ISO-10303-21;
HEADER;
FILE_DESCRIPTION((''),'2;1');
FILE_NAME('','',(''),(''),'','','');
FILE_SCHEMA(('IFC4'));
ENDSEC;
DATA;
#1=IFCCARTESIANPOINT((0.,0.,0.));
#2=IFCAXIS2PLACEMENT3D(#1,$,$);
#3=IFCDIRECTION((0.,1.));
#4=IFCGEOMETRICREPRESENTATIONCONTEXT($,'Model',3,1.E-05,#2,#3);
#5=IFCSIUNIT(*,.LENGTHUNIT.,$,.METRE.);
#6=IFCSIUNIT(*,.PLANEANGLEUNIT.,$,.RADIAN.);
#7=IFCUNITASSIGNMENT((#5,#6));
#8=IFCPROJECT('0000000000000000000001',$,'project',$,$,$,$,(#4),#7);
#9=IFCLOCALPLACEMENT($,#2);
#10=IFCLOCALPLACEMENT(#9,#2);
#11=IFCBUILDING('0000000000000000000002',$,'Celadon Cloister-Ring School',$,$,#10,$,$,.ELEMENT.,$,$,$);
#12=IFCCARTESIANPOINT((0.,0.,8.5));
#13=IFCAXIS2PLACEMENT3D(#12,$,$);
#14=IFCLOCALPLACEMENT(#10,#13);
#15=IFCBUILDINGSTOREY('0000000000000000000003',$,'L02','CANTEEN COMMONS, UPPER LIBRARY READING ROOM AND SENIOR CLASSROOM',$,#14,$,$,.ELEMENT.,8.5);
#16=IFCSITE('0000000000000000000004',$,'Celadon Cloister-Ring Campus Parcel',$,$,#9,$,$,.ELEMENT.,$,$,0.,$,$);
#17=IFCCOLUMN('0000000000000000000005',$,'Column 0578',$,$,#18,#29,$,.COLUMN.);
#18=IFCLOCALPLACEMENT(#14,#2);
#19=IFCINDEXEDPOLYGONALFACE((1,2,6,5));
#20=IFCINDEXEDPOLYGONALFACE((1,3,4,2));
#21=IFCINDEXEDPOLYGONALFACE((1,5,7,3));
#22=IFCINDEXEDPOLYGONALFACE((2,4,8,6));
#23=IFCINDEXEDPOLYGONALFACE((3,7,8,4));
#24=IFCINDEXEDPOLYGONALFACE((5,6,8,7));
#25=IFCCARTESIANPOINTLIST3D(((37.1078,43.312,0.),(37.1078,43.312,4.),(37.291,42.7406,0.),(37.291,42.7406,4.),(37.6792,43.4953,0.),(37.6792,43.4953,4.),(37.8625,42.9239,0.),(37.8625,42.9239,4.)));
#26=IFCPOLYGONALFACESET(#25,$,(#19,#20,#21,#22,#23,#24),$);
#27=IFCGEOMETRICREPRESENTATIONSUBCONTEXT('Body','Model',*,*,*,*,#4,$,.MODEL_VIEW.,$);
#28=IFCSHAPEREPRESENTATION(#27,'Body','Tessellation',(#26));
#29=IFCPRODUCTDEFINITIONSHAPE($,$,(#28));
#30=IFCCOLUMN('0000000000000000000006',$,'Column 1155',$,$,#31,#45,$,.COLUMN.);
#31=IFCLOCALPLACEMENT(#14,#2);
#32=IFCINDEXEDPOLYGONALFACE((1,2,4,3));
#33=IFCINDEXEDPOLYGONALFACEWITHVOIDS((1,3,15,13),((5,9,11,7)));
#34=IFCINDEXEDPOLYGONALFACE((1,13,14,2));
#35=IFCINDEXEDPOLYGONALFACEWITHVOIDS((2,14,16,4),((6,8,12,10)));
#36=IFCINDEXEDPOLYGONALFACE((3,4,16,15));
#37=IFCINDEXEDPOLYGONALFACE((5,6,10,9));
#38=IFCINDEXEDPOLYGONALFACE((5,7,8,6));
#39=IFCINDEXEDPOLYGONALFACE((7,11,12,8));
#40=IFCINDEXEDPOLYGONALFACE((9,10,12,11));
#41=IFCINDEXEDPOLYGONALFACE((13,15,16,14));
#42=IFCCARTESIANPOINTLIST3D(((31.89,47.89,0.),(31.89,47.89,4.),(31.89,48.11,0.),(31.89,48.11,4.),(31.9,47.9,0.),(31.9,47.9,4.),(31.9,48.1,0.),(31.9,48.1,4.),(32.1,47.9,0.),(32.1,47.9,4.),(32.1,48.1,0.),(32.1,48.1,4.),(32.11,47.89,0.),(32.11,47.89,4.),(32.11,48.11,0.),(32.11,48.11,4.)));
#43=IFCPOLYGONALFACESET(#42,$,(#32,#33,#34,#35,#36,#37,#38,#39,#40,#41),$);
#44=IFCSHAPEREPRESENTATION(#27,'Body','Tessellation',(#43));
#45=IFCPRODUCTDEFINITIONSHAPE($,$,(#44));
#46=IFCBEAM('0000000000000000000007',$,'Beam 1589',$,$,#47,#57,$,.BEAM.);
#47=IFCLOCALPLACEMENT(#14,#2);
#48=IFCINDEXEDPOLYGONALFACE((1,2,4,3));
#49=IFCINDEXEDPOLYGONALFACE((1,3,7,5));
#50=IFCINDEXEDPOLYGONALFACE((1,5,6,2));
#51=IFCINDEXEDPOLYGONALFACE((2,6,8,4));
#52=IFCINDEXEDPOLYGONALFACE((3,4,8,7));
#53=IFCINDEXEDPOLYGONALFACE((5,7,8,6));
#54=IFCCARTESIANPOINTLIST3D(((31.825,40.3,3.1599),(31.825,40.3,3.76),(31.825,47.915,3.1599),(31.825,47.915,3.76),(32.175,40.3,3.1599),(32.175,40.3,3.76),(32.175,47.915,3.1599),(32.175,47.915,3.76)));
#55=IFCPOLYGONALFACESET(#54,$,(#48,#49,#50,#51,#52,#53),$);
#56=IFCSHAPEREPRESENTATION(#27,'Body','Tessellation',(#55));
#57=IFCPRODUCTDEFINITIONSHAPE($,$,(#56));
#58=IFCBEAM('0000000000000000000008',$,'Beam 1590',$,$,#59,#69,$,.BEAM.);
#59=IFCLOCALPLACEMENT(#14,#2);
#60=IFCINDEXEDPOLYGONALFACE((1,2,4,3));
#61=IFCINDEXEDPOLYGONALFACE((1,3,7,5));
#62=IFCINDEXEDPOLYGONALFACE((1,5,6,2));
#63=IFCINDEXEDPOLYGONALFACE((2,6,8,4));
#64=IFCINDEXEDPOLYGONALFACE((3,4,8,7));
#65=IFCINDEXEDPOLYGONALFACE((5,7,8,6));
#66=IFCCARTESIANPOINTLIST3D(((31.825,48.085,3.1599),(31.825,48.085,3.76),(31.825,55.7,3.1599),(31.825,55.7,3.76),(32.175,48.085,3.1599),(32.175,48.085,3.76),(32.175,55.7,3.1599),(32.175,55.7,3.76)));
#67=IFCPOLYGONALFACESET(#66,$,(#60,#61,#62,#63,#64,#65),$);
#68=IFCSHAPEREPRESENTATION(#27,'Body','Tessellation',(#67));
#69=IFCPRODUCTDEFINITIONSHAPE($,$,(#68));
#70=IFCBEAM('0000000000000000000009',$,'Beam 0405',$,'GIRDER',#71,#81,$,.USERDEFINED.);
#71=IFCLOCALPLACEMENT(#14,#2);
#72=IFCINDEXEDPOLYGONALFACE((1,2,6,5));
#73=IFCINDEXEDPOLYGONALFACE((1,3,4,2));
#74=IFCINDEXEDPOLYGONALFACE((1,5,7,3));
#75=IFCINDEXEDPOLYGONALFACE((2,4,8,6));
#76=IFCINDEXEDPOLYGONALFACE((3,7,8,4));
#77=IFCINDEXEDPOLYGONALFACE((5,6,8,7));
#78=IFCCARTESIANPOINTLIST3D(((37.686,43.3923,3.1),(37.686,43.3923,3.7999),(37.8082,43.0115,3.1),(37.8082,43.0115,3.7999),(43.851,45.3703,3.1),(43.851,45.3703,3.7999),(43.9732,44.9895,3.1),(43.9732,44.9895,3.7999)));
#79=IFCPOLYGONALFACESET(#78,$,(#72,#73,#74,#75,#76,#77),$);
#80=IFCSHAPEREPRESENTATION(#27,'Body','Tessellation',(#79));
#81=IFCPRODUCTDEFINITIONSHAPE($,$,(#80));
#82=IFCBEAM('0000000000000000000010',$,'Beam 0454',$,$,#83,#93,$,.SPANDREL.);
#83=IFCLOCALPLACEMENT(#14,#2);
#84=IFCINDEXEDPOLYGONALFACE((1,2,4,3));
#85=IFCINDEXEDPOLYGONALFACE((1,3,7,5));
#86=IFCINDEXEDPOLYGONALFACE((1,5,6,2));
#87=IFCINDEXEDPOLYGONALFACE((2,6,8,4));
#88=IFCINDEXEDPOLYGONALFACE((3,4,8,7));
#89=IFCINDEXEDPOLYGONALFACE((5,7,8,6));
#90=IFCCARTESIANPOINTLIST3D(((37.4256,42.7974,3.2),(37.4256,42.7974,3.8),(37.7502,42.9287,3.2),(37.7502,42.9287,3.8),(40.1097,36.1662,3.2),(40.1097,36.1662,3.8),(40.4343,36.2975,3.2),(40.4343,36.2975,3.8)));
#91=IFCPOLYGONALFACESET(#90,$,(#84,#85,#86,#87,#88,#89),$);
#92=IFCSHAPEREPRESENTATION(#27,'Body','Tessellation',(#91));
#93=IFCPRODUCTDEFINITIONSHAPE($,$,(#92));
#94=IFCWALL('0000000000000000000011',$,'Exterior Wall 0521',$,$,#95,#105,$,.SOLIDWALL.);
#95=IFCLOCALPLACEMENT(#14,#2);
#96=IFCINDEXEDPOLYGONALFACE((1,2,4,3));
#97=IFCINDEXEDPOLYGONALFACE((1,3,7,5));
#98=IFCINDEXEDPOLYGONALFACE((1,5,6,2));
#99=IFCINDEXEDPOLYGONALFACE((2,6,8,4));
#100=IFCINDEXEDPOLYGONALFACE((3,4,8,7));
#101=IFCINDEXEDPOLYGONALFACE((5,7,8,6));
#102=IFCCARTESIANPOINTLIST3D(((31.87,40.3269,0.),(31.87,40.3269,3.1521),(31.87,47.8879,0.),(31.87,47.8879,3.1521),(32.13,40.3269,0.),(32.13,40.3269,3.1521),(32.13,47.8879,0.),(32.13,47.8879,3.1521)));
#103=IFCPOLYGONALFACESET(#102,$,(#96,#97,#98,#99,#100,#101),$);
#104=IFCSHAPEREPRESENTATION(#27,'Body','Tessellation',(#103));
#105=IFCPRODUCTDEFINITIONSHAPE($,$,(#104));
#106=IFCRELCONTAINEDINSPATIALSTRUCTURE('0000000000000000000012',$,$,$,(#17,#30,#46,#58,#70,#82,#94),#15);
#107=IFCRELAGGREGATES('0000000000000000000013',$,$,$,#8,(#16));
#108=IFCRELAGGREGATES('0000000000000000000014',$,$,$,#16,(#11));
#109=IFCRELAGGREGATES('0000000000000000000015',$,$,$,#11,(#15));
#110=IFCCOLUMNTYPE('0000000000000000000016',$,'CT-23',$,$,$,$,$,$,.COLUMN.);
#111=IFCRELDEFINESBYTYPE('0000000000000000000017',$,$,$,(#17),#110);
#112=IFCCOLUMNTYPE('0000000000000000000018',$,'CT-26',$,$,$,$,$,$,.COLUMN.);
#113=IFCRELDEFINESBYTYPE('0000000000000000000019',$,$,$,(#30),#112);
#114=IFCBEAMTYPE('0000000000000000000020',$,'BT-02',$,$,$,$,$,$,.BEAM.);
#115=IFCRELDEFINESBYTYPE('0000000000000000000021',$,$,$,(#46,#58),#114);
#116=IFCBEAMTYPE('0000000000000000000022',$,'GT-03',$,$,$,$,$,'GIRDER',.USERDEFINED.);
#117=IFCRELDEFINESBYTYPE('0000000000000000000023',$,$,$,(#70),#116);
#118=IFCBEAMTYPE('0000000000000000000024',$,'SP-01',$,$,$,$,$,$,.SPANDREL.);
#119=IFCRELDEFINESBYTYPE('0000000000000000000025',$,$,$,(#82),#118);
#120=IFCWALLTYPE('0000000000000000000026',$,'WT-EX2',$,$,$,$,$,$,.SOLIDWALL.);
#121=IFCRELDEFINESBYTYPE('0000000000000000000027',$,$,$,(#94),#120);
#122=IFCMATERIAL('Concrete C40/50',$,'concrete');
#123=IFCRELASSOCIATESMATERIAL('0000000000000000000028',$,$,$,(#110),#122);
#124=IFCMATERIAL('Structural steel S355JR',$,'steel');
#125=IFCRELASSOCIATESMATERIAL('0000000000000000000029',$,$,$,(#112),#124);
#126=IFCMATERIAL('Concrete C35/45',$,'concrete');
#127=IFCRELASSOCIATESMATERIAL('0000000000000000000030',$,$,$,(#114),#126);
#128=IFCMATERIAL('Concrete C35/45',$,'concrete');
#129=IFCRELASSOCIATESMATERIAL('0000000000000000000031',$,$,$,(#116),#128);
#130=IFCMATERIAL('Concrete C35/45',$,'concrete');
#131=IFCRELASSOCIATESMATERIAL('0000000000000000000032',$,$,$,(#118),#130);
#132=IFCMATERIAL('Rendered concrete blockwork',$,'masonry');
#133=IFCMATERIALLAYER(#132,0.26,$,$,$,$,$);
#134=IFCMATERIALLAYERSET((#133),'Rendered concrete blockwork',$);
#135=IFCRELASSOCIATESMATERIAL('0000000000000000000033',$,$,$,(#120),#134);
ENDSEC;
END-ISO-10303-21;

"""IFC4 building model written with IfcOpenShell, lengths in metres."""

from ifc_helpers import new_model, si_unit, direction, frame, frame_2d, origin, origin_2d, place, context, subcontext, project, spatial, rectangle, hollow_rectangle, extrude, material, layer, layer_set, material_profile, profile_set, type_object, element, save


model = new_model("IFC4")

# Units and contexts
model_context = context("Model", 3, precision=1e-05, world=origin(), true_north=direction((0.0, 1.0)))
body_context = subcontext(model_context, "Body", "Model", "MODEL_VIEW")
ifc_project = project(units=[si_unit("LENGTHUNIT", "METRE"), si_unit("PLANEANGLEUNIT", "RADIAN")], contexts=[model_context])

# Site, building, storey
site_placement = place(None, origin())
site = spatial("IfcSite", under=ifc_project, at=site_placement, Name="Celadon Cloister-Ring Campus Parcel", CompositionType="ELEMENT", RefElevation=0.0)
building_placement = place(site_placement, origin())
building = spatial("IfcBuilding", under=site, at=building_placement, Name="Celadon Cloister-Ring School", CompositionType="ELEMENT")
storey_placement = place(building_placement, frame((0.0, 0.0, 8.5)))
storey = spatial("IfcBuildingStorey", under=building, at=storey_placement, Name="L02", Description="CANTEEN COMMONS, UPPER LIBRARY READING ROOM AND SENIOR CLASSROOM", CompositionType="ELEMENT", Elevation=8.5)

# Columns
ifc_material_1 = material(Name="Concrete C40/50", Category="concrete")
ifc_material_profile_1 = material_profile(ifc_material_1, rectangle(XDim=0.6001, YDim=0.6001, at=origin_2d()), Name="RC600X600")
ifc_profile_set_1 = profile_set([ifc_material_profile_1], Name="Concrete C40/50")
column_type_1 = type_object("IfcColumnType", Name="CT-23", PredefinedType="COLUMN", material=ifc_profile_set_1)
column_1_placement = place(storey_placement, frame((37.4851, 43.1179, 0.0), z_axis=(0.0, 0.0, 1.0), x_axis=(-0.952215, -0.305429, 0.0)))
element("IfcColumn", 1, at=column_1_placement, inside=storey, type_object=column_type_1, Name="Column 0578", PredefinedType="COLUMN", context=body_context, shape_type="SweptSolid", body=[
    extrude(rectangle(XDim=0.6001, YDim=0.6001, at=origin_2d()), origin(), (0.0, 0.0, 1.0), 4.0),
])
ifc_material_2 = material(Name="Structural steel S355JR", Category="steel")
ifc_material_profile_2 = material_profile(ifc_material_2, hollow_rectangle(XDim=0.22, YDim=0.22, WallThickness=0.01, at=origin_2d()), Name="HSS220X220X10")
ifc_profile_set_2 = profile_set([ifc_material_profile_2], Name="Structural steel S355JR")
column_type_2 = type_object("IfcColumnType", Name="CT-26", PredefinedType="COLUMN", material=ifc_profile_set_2)
column_2_placement = place(storey_placement, frame((32.0, 48.0, 0.0), z_axis=(0.0, 0.0, 1.0), x_axis=(1.0, 0.0, 0.0)))
element("IfcColumn", 2, at=column_2_placement, inside=storey, type_object=column_type_2, Name="Column 1155", PredefinedType="COLUMN", context=body_context, shape_type="SweptSolid", body=[
    extrude(hollow_rectangle(XDim=0.22, YDim=0.22, WallThickness=0.01, at=origin_2d()), origin(), (0.0, 0.0, 1.0), 4.0),
])

# Beams
ifc_material_3 = material(Name="Concrete C35/45", Category="concrete")
ifc_material_profile_3 = material_profile(ifc_material_3, rectangle(XDim=0.3501, YDim=0.6001, at=origin_2d()), Name="RC350X600")
ifc_profile_set_3 = profile_set([ifc_material_profile_3], Name="Concrete C35/45")
beam_type_1 = type_object("IfcBeamType", Name="BT-02", PredefinedType="BEAM", material=ifc_profile_set_3)
for number, where, z_axis, x_axis, name in (
    (3, (32.0, 40.3, 3.46), (0.0, 1.0, 0.0), (-1.0, 0.0, 0.0), "Beam 1589"),
    (4, (32.0, 48.085, 3.46), (0.0, 1.0, 0.0), (-1.0, 0.0, 0.0), "Beam 1590"),
):
    element("IfcBeam", number, at=place(storey_placement, frame(where, z_axis=z_axis, x_axis=x_axis)), inside=storey, type_object=beam_type_1, Name=name, PredefinedType="BEAM", context=body_context, shape_type="SweptSolid", body=[
        extrude(rectangle(XDim=0.3501, YDim=0.6001, at=origin_2d()), origin(), (0.0, 0.0, 1.0), 7.615),
    ])
ifc_material_4 = material(Name="Concrete C35/45", Category="concrete")
ifc_material_profile_4 = material_profile(ifc_material_4, rectangle(XDim=0.3999, YDim=0.7, at=origin_2d()), Name="RC400X700")
ifc_profile_set_4 = profile_set([ifc_material_profile_4], Name="Concrete C35/45")
beam_type_2 = type_object("IfcBeamType", Name="GT-03", ElementType="GIRDER", PredefinedType="USERDEFINED", material=ifc_profile_set_4)
beam_1_placement = place(storey_placement, frame((37.7471, 43.2019, 3.45), z_axis=(0.95219, 0.305506, 0.0), x_axis=(-0.305506, 0.95219, 0.0)))
element("IfcBeam", 5, at=beam_1_placement, inside=storey, type_object=beam_type_2, Name="Beam 0405", ObjectType="GIRDER", PredefinedType="USERDEFINED", context=body_context, shape_type="SweptSolid", body=[
    extrude(rectangle(XDim=0.3999, YDim=0.7, at=origin_2d()), origin(), (0.0, 0.0, 1.0), 6.4746),
])
ifc_material_5 = material(Name="Concrete C35/45", Category="concrete")
ifc_material_profile_5 = material_profile(ifc_material_5, rectangle(XDim=0.3501, YDim=0.6001, at=origin_2d()), Name="RC350X600")
ifc_profile_set_5 = profile_set([ifc_material_profile_5], Name="Concrete C35/45")
beam_type_3 = type_object("IfcBeamType", Name="SP-01", PredefinedType="SPANDREL", material=ifc_profile_set_5)
beam_2_placement = place(storey_placement, frame((37.5879, 42.863, 3.5), z_axis=(0.3752, -0.926944, 0.0), x_axis=(0.926944, 0.3752, 0.0)))
element("IfcBeam", 6, at=beam_2_placement, inside=storey, type_object=beam_type_3, Name="Beam 0454", PredefinedType="SPANDREL", context=body_context, shape_type="SweptSolid", body=[
    extrude(rectangle(XDim=0.3501, YDim=0.6001, at=origin_2d()), origin(), (0.0, 0.0, 1.0), 7.1538),
])

# Wall
ifc_material_6 = material(Name="Rendered concrete blockwork", Category="masonry")
ifc_layer_1 = layer(ifc_material_6, 0.26)
ifc_layer_set_1 = layer_set([ifc_layer_1], Name="Rendered concrete blockwork")
wall_type_1 = type_object("IfcWallType", Name="WT-EX2", PredefinedType="SOLIDWALL", material=ifc_layer_set_1)
wall_1_placement = place(storey_placement, frame((32.0, 47.8879, 0.0), z_axis=(0.0, 0.0, 1.0), x_axis=(0.0, -1.0, 0.0)))
element("IfcWall", 7, at=wall_1_placement, inside=storey, type_object=wall_type_1, Name="Exterior Wall 0521", PredefinedType="SOLIDWALL", context=body_context, shape_type="SweptSolid", body=[
    extrude(rectangle(XDim=7.561, YDim=0.26, at=frame_2d((3.7805, 0.0))), origin(), (0.0, 0.0, 1.0), 3.1521),
])

save(model, "model.ifc")
